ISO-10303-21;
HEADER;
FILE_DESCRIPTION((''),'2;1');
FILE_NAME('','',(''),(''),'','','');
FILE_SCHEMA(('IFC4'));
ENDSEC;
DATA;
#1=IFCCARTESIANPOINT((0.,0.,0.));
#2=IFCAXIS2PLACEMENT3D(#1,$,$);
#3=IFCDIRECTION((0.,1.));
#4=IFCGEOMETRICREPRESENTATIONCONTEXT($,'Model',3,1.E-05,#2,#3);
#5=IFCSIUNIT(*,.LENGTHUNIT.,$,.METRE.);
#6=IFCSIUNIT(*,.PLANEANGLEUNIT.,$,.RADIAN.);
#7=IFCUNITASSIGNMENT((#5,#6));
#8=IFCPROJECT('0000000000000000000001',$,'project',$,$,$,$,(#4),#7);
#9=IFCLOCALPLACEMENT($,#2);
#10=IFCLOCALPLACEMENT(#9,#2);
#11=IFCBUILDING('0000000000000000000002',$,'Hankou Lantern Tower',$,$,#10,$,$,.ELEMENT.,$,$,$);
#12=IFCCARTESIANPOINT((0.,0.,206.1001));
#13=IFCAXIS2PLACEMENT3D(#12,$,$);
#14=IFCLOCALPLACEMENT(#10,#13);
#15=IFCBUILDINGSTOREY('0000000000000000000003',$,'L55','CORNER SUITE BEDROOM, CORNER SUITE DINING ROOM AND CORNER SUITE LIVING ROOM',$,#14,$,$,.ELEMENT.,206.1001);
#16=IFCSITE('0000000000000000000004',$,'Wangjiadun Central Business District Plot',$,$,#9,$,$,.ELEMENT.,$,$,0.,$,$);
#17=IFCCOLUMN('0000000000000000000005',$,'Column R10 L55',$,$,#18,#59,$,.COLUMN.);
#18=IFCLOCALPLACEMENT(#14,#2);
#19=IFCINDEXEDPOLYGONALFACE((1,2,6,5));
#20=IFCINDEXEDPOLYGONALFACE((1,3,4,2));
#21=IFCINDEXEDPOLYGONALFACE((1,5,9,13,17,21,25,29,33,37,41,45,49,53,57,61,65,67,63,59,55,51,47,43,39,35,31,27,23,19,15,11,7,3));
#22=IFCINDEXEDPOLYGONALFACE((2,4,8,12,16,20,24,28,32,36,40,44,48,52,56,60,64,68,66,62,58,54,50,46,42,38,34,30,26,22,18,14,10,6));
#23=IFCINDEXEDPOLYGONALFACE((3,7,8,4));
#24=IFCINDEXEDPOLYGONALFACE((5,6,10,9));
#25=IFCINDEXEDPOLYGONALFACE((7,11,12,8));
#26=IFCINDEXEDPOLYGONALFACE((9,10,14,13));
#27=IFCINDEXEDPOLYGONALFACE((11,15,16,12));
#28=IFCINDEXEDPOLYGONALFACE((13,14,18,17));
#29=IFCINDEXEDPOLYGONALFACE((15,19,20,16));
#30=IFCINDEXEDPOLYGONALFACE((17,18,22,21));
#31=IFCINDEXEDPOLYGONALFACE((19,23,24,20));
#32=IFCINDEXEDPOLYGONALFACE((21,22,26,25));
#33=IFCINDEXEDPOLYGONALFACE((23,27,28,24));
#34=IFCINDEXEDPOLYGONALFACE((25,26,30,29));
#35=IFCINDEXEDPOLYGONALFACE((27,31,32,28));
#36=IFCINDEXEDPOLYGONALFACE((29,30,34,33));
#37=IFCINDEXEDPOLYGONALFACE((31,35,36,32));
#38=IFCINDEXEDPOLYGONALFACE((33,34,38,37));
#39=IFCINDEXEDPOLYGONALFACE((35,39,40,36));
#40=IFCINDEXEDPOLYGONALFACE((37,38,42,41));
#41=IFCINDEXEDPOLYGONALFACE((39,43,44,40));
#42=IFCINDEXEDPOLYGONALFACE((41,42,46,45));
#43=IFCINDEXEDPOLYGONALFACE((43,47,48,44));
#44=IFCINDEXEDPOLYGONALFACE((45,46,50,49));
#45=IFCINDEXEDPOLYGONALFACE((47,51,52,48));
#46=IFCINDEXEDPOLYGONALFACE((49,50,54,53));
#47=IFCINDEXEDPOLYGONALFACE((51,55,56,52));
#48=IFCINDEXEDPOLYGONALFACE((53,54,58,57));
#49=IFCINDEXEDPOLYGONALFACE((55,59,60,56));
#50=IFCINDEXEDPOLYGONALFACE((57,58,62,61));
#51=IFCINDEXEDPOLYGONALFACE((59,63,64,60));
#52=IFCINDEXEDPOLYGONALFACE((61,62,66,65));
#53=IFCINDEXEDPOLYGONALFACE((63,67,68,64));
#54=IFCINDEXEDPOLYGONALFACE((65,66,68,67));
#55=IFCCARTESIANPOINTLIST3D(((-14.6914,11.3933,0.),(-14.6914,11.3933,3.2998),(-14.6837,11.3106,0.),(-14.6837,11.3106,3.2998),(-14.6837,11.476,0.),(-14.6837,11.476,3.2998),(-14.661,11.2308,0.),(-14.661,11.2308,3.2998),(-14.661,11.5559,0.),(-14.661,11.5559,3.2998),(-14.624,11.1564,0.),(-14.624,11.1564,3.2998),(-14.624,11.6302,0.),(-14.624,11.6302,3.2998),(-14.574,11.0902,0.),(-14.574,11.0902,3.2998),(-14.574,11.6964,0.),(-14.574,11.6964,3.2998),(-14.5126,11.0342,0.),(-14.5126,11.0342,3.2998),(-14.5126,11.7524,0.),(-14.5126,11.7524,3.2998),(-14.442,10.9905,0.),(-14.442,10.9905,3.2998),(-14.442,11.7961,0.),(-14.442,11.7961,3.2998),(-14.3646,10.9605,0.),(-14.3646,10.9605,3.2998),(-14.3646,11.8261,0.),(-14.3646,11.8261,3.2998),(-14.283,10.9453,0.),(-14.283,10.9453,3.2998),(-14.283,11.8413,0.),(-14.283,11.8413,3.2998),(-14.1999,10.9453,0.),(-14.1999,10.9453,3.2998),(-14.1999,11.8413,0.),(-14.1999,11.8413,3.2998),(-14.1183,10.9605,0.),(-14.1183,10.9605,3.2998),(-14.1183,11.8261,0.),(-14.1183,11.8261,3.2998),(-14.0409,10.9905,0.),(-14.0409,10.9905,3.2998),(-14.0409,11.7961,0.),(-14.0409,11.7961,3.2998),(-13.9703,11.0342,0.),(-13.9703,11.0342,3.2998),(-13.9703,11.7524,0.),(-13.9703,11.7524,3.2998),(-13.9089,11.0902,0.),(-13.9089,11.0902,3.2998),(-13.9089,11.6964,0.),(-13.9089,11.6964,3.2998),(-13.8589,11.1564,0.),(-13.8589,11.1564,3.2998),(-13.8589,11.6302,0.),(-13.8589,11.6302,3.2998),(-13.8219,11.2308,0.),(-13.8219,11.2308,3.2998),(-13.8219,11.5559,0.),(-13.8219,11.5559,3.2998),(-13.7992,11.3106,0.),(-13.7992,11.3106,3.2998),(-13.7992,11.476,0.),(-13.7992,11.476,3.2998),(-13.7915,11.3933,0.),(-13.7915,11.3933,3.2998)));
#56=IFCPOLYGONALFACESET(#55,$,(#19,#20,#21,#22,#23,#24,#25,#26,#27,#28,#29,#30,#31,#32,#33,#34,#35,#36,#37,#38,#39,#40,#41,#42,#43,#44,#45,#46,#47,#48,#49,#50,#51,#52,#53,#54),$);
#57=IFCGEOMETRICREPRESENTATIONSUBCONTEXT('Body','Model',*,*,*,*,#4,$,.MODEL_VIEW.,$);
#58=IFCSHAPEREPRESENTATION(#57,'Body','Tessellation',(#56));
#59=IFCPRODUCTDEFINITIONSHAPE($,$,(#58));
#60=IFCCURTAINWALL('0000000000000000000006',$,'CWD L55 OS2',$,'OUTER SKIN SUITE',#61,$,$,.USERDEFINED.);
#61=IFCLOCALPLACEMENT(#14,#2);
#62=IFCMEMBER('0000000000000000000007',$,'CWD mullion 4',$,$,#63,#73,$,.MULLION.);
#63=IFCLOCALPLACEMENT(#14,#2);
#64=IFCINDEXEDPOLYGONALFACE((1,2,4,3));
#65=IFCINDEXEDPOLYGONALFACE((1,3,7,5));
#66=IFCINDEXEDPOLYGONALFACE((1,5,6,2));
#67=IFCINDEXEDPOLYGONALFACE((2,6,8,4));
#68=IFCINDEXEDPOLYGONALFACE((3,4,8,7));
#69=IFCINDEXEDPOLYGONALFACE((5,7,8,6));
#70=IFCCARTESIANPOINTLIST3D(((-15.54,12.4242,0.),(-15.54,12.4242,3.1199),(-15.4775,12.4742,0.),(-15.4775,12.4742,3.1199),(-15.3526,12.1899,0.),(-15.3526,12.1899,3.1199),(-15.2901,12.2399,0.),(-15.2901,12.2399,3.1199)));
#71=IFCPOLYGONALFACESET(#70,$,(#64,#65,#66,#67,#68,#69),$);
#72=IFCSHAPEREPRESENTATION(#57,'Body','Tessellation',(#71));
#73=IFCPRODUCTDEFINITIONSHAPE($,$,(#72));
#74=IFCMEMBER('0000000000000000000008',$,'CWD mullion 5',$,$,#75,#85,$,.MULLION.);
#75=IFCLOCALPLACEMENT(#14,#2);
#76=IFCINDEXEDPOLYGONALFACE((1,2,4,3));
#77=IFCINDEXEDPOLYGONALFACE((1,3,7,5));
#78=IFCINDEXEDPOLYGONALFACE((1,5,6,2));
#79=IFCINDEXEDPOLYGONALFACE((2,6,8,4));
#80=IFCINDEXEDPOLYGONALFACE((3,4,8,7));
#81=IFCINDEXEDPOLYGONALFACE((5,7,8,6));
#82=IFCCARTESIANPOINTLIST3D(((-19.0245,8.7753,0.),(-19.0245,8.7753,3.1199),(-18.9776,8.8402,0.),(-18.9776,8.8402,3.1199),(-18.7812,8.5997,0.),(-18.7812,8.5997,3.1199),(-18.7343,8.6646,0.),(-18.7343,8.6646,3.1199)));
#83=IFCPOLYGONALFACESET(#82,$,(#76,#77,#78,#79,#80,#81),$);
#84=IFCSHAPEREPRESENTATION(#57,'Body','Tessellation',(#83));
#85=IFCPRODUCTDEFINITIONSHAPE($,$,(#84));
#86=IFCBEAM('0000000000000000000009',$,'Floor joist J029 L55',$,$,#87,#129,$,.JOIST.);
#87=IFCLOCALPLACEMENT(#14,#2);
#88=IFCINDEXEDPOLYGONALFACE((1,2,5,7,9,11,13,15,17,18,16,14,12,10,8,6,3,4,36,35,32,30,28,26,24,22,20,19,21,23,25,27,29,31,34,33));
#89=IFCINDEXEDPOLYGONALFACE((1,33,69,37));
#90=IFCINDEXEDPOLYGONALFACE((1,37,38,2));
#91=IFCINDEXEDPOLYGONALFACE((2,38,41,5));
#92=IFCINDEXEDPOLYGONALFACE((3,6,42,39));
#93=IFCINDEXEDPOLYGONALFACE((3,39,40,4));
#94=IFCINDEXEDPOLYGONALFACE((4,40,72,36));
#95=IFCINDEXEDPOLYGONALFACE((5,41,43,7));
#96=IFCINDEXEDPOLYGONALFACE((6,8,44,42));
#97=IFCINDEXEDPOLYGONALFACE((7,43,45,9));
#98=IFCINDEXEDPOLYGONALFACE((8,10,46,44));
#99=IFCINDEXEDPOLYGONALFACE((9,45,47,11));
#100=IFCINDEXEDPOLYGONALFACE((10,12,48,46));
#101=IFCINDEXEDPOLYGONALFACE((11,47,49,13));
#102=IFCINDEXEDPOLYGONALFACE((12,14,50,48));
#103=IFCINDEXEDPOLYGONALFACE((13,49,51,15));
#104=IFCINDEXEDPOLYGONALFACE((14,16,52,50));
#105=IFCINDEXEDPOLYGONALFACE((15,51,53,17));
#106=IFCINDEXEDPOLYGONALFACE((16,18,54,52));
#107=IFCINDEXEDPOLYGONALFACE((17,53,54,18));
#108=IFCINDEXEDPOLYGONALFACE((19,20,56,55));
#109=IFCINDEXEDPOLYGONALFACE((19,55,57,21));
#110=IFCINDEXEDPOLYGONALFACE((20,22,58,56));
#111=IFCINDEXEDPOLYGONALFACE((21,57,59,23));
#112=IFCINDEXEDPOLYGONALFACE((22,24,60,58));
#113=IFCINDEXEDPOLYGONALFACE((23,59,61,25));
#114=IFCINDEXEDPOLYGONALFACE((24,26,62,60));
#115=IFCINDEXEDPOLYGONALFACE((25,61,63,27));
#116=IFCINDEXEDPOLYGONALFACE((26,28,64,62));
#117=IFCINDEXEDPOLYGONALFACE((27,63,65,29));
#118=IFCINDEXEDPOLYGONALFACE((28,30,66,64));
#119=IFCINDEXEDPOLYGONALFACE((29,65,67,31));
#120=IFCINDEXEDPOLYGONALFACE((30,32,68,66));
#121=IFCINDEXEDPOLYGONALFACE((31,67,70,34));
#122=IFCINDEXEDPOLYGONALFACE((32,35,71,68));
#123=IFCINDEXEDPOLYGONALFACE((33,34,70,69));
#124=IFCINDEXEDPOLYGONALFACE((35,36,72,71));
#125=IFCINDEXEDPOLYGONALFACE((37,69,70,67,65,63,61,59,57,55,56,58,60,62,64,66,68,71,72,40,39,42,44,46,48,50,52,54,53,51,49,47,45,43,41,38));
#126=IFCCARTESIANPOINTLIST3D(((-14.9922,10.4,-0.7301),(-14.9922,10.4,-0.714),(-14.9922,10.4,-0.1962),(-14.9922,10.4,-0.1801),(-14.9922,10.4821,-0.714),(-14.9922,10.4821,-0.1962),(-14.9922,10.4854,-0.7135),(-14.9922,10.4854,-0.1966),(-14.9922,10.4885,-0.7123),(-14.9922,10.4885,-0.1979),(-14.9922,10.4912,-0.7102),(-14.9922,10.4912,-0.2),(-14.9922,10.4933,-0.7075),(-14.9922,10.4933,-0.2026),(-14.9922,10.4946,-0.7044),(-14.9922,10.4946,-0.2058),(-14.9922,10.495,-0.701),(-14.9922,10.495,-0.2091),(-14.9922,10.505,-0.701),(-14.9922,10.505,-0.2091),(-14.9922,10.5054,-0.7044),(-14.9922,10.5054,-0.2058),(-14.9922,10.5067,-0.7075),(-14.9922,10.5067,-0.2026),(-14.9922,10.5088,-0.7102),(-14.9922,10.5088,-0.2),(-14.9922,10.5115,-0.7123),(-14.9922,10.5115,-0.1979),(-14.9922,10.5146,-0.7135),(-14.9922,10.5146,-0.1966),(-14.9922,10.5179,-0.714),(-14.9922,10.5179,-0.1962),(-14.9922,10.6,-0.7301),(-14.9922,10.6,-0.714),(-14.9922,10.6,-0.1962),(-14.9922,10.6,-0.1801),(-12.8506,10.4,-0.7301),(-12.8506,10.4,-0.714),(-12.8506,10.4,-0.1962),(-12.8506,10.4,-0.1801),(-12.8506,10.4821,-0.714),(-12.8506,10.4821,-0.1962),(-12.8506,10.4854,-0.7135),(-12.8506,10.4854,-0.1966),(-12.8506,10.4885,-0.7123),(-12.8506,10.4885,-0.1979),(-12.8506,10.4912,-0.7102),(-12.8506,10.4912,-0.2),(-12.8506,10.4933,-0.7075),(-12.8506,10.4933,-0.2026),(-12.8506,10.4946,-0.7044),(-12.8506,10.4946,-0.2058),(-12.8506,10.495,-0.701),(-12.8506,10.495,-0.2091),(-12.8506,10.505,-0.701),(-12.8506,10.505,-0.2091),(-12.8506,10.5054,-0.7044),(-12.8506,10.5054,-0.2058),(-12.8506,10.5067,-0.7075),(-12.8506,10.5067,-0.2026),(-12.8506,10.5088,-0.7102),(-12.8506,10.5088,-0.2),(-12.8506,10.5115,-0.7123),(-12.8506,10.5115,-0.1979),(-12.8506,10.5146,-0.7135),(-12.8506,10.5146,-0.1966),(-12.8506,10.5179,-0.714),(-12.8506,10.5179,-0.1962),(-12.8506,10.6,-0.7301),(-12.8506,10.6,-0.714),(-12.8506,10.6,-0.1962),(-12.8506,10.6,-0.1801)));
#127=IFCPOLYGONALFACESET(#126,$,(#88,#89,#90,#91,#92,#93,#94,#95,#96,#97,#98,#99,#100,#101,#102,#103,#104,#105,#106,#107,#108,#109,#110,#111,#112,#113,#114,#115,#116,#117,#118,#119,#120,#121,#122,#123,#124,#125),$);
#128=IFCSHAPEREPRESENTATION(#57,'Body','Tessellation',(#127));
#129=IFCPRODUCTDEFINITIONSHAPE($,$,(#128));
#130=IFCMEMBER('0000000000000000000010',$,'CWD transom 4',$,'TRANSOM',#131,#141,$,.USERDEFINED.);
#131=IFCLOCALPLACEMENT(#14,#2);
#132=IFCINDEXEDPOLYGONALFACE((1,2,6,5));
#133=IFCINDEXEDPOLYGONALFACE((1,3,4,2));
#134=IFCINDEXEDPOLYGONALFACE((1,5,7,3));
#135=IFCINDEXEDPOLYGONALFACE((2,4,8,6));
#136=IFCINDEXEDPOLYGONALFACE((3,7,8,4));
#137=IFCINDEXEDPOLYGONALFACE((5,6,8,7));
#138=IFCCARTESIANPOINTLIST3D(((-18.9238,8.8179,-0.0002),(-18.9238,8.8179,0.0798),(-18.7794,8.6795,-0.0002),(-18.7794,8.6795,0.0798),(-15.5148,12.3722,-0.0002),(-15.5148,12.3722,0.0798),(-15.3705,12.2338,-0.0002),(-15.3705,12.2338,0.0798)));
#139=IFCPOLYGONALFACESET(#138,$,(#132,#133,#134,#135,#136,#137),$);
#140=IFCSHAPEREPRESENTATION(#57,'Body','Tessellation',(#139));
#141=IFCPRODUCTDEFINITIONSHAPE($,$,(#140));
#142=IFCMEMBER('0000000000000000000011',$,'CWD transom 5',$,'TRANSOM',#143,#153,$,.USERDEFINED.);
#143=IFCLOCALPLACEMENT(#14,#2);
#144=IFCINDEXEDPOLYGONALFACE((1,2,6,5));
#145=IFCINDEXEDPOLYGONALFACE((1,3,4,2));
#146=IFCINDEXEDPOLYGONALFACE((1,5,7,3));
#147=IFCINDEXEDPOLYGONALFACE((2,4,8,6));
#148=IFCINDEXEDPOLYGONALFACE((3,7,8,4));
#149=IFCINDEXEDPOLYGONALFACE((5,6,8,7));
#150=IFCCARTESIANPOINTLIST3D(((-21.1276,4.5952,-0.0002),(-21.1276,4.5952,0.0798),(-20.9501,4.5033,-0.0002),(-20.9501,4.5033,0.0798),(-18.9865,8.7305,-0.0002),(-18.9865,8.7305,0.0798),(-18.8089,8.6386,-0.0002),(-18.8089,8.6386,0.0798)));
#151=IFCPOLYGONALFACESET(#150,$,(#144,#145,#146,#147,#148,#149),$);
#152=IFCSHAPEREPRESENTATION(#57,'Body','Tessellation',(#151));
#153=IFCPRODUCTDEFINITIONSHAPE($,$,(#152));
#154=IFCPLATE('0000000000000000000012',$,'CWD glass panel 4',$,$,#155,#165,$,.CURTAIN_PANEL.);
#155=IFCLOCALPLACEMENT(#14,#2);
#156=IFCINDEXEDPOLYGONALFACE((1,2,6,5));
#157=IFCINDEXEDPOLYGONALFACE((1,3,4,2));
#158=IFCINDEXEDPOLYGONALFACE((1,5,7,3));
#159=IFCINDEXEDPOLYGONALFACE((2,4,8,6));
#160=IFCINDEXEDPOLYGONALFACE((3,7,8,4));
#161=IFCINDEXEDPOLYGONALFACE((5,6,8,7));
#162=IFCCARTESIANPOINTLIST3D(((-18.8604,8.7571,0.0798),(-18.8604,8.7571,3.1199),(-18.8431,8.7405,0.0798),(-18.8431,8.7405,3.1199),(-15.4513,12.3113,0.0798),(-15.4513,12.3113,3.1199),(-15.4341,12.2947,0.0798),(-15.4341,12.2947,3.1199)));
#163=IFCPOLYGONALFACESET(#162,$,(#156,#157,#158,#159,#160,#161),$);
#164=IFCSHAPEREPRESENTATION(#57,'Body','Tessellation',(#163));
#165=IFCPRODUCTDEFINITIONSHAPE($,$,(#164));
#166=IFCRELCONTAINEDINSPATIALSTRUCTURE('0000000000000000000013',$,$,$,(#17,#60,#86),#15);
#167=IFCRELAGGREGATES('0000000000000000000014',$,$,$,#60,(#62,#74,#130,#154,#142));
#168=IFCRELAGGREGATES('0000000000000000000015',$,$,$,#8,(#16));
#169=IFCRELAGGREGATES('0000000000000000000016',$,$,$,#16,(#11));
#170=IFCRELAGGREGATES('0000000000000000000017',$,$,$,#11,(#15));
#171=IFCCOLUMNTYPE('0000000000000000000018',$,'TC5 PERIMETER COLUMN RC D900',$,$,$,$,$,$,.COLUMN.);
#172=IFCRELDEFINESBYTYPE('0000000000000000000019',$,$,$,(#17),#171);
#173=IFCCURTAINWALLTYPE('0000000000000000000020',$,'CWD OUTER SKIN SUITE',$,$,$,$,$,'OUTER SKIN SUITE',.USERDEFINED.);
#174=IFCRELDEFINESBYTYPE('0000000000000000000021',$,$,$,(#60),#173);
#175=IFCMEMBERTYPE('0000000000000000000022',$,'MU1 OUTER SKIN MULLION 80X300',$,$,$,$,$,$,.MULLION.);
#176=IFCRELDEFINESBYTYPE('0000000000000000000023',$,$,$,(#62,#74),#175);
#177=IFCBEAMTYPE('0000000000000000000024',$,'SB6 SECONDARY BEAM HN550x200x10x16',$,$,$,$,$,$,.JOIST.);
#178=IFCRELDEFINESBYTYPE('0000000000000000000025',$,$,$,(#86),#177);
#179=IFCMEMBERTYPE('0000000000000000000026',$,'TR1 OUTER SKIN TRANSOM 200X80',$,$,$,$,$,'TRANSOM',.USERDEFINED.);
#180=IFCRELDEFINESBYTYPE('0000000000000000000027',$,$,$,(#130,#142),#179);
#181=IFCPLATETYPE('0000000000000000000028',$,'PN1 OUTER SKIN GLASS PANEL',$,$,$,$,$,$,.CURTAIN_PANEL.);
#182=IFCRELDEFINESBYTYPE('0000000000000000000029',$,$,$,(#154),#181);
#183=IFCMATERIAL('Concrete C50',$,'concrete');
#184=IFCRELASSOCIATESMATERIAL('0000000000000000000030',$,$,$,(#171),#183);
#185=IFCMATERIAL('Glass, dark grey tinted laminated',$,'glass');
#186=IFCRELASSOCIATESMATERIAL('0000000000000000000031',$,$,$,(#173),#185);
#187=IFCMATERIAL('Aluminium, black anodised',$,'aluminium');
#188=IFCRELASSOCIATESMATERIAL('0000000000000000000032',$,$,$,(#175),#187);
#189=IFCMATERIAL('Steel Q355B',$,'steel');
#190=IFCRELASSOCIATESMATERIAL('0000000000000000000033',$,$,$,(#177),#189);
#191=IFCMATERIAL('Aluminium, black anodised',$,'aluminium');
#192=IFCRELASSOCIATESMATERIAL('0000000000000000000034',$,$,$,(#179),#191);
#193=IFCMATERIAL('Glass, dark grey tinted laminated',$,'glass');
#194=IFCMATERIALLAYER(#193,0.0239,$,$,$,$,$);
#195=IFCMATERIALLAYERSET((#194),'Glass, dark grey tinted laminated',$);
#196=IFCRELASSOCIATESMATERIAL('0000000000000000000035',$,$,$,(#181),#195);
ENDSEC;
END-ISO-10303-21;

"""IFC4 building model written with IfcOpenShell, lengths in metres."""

from ifc_helpers import new_model, si_unit, direction, frame, origin, origin_2d, place, context, subcontext, project, spatial, rectangle, circle, i_section, extrude, material, layer, layer_set, material_profile, profile_set, type_object, element, aggregate, save


model = new_model("IFC4")

# Units and contexts
model_context = context("Model", 3, precision=1e-05, world=origin(), true_north=direction((0.0, 1.0)))
body_context = subcontext(model_context, "Body", "Model", "MODEL_VIEW")
ifc_project = project(units=[si_unit("LENGTHUNIT", "METRE"), si_unit("PLANEANGLEUNIT", "RADIAN")], contexts=[model_context])

# Site, building, storey
site_placement = place(None, origin())
site = spatial("IfcSite", under=ifc_project, at=site_placement, Name="Wangjiadun Central Business District Plot", CompositionType="ELEMENT", RefElevation=0.0)
building_placement = place(site_placement, origin())
building = spatial("IfcBuilding", under=site, at=building_placement, Name="Hankou Lantern Tower", CompositionType="ELEMENT")
storey_placement = place(building_placement, frame((0.0, 0.0, 206.1001)))
storey = spatial("IfcBuildingStorey", under=building, at=storey_placement, Name="L55", Description="CORNER SUITE BEDROOM, CORNER SUITE DINING ROOM AND CORNER SUITE LIVING ROOM", CompositionType="ELEMENT", Elevation=206.1001)

# Column
ifc_material_1 = material(Name="Concrete C50", Category="concrete")
ifc_material_profile_1 = material_profile(ifc_material_1, circle(Radius=0.45, at=origin_2d()), Name="RC D900")
ifc_profile_set_1 = profile_set([ifc_material_profile_1], Name="Concrete C50")
column_type = type_object("IfcColumnType", Name="TC5 PERIMETER COLUMN RC D900", PredefinedType="COLUMN", material=ifc_profile_set_1)
column_placement = place(storey_placement, frame((-14.2415, 11.3933, 0.0), z_axis=(0.0, 0.0, 1.0), x_axis=(1.0, 0.0, 0.0)))
element("IfcColumn", 1, at=column_placement, inside=storey, type_object=column_type, Name="Column R10 L55", PredefinedType="COLUMN", context=body_context, shape_type="SweptSolid", body=[
    extrude(circle(Radius=0.45, at=origin_2d()), origin(), (0.0, 0.0, 1.0), 3.2998),
])

# Curtain wall, members
ifc_material_2 = material(Name="Glass, dark grey tinted laminated", Category="glass")
curtain_wall_type = type_object("IfcCurtainWallType", Name="CWD OUTER SKIN SUITE", ElementType="OUTER SKIN SUITE", PredefinedType="USERDEFINED", material=ifc_material_2)
curtain_wall_placement = place(storey_placement, origin())
curtain_wall = element("IfcCurtainWall", 2, at=curtain_wall_placement, inside=storey, type_object=curtain_wall_type, Name="CWD L55 OS2", ObjectType="OUTER SKIN SUITE", PredefinedType="USERDEFINED")
ifc_material_3 = material(Name="Aluminium, black anodised", Category="aluminium")
ifc_material_profile_2 = material_profile(ifc_material_3, rectangle(XDim=0.0801, YDim=0.3, at=origin_2d()), Name="MU1 80X300")
ifc_profile_set_2 = profile_set([ifc_material_profile_2], Name="Aluminium, black anodised")
member_type_1 = type_object("IfcMemberType", Name="MU1 OUTER SKIN MULLION 80X300", PredefinedType="MULLION", material=ifc_profile_set_2)
member_1_placement = place(storey_placement, frame((-15.415, 12.332, 0.0), z_axis=(0.0, 0.0, 1.0), x_axis=(-0.780869, -0.624695, 0.0)))
member_1 = element("IfcMember", 3, at=member_1_placement, type_object=member_type_1, Name="CWD mullion 4", PredefinedType="MULLION", context=body_context, shape_type="SweptSolid", body=[
    extrude(rectangle(XDim=0.0801, YDim=0.3, at=origin_2d()), origin(), (0.0, 0.0, 1.0), 3.1199),
])
member_2_placement = place(storey_placement, frame((-18.8794, 8.72, 0.0), z_axis=(0.0, 0.0, 1.0), x_axis=(-0.585206, -0.810885, 0.0)))
member_2 = element("IfcMember", 4, at=member_2_placement, type_object=member_type_1, Name="CWD mullion 5", PredefinedType="MULLION", context=body_context, shape_type="SweptSolid", body=[
    extrude(rectangle(XDim=0.0801, YDim=0.3, at=origin_2d()), origin(), (0.0, 0.0, 1.0), 3.1199),
])

# Beam
ifc_material_4 = material(Name="Steel Q355B", Category="steel")
ifc_material_profile_3 = material_profile(ifc_material_4, i_section(OverallWidth=0.2, OverallDepth=0.55, WebThickness=0.01, FlangeThickness=0.0161, FilletRadius=0.0129, at=origin_2d()), Name="HN550x200x10x16")
ifc_profile_set_3 = profile_set([ifc_material_profile_3], Name="Steel Q355B")
beam_type = type_object("IfcBeamType", Name="SB6 SECONDARY BEAM HN550x200x10x16", PredefinedType="JOIST", material=ifc_profile_set_3)
beam_placement = place(storey_placement, frame((-14.9922, 10.5, -0.4551), z_axis=(1.0, 0.0, 0.0), x_axis=(0.0, 1.0, 0.0)))
element("IfcBeam", 5, at=beam_placement, inside=storey, type_object=beam_type, Name="Floor joist J029 L55", PredefinedType="JOIST", context=body_context, shape_type="SweptSolid", body=[
    extrude(i_section(OverallWidth=0.2, OverallDepth=0.55, WebThickness=0.01, FlangeThickness=0.0161, FilletRadius=0.0129, at=origin_2d()), origin(), (0.0, 0.0, 1.0), 2.1416),
])

# Members
ifc_material_5 = material(Name="Aluminium, black anodised", Category="aluminium")
ifc_material_profile_4 = material_profile(ifc_material_5, rectangle(XDim=0.2, YDim=0.0801, at=origin_2d()), Name="TR1 200X80")
ifc_profile_set_4 = profile_set([ifc_material_profile_4], Name="Aluminium, black anodised")
member_type_2 = type_object("IfcMemberType", Name="TR1 OUTER SKIN TRANSOM 200X80", ElementType="TRANSOM", PredefinedType="USERDEFINED", material=ifc_profile_set_4)
member_3_placement = place(storey_placement, frame((-15.4426, 12.303, 0.0398), z_axis=(-0.692205, -0.721701, 0.0), x_axis=(0.721701, -0.692205, 0.0)))
member_3 = element("IfcMember", 6, at=member_3_placement, type_object=member_type_2, Name="CWD transom 4", ObjectType="TRANSOM", PredefinedType="USERDEFINED", context=body_context, shape_type="SweptSolid", body=[
    extrude(rectangle(XDim=0.2, YDim=0.0801, at=origin_2d()), origin(), (0.0, 0.0, 1.0), 4.9248),
])
member_4_placement = place(storey_placement, frame((-18.8977, 8.6846, 0.0398), z_axis=(-0.459794, -0.888026, 0.0), x_axis=(0.888026, -0.459794, 0.0)))
member_4 = element("IfcMember", 7, at=member_4_placement, type_object=member_type_2, Name="CWD transom 5", ObjectType="TRANSOM", PredefinedType="USERDEFINED", context=body_context, shape_type="SweptSolid", body=[
    extrude(rectangle(XDim=0.2, YDim=0.0801, at=origin_2d()), origin(), (0.0, 0.0, 1.0), 4.6567),
])

# Plate
ifc_material_6 = material(Name="Glass, dark grey tinted laminated", Category="glass")
ifc_layer_1 = layer(ifc_material_6, 0.0239)
ifc_layer_set_1 = layer_set([ifc_layer_1], Name="Glass, dark grey tinted laminated")
plate_type = type_object("IfcPlateType", Name="PN1 OUTER SKIN GLASS PANEL", PredefinedType="CURTAIN_PANEL", material=ifc_layer_set_1)
plate_placement = place(storey_placement, frame((-17.1472, 10.5259, 0.0798), z_axis=(0.0, 0.0, 1.0), x_axis=(-0.692216, -0.721691, 0.0)))
plate = element("IfcPlate", 8, at=plate_placement, type_object=plate_type, Name="CWD glass panel 4", PredefinedType="CURTAIN_PANEL", context=body_context, shape_type="SweptSolid", body=[
    extrude(rectangle(XDim=4.9248, YDim=0.0239, at=origin_2d()), origin(), (0.0, 0.0, 1.0), 3.04),
])
aggregate(curtain_wall, [member_1, member_2, member_3, plate, member_4])

save(model, "model.ifc")
